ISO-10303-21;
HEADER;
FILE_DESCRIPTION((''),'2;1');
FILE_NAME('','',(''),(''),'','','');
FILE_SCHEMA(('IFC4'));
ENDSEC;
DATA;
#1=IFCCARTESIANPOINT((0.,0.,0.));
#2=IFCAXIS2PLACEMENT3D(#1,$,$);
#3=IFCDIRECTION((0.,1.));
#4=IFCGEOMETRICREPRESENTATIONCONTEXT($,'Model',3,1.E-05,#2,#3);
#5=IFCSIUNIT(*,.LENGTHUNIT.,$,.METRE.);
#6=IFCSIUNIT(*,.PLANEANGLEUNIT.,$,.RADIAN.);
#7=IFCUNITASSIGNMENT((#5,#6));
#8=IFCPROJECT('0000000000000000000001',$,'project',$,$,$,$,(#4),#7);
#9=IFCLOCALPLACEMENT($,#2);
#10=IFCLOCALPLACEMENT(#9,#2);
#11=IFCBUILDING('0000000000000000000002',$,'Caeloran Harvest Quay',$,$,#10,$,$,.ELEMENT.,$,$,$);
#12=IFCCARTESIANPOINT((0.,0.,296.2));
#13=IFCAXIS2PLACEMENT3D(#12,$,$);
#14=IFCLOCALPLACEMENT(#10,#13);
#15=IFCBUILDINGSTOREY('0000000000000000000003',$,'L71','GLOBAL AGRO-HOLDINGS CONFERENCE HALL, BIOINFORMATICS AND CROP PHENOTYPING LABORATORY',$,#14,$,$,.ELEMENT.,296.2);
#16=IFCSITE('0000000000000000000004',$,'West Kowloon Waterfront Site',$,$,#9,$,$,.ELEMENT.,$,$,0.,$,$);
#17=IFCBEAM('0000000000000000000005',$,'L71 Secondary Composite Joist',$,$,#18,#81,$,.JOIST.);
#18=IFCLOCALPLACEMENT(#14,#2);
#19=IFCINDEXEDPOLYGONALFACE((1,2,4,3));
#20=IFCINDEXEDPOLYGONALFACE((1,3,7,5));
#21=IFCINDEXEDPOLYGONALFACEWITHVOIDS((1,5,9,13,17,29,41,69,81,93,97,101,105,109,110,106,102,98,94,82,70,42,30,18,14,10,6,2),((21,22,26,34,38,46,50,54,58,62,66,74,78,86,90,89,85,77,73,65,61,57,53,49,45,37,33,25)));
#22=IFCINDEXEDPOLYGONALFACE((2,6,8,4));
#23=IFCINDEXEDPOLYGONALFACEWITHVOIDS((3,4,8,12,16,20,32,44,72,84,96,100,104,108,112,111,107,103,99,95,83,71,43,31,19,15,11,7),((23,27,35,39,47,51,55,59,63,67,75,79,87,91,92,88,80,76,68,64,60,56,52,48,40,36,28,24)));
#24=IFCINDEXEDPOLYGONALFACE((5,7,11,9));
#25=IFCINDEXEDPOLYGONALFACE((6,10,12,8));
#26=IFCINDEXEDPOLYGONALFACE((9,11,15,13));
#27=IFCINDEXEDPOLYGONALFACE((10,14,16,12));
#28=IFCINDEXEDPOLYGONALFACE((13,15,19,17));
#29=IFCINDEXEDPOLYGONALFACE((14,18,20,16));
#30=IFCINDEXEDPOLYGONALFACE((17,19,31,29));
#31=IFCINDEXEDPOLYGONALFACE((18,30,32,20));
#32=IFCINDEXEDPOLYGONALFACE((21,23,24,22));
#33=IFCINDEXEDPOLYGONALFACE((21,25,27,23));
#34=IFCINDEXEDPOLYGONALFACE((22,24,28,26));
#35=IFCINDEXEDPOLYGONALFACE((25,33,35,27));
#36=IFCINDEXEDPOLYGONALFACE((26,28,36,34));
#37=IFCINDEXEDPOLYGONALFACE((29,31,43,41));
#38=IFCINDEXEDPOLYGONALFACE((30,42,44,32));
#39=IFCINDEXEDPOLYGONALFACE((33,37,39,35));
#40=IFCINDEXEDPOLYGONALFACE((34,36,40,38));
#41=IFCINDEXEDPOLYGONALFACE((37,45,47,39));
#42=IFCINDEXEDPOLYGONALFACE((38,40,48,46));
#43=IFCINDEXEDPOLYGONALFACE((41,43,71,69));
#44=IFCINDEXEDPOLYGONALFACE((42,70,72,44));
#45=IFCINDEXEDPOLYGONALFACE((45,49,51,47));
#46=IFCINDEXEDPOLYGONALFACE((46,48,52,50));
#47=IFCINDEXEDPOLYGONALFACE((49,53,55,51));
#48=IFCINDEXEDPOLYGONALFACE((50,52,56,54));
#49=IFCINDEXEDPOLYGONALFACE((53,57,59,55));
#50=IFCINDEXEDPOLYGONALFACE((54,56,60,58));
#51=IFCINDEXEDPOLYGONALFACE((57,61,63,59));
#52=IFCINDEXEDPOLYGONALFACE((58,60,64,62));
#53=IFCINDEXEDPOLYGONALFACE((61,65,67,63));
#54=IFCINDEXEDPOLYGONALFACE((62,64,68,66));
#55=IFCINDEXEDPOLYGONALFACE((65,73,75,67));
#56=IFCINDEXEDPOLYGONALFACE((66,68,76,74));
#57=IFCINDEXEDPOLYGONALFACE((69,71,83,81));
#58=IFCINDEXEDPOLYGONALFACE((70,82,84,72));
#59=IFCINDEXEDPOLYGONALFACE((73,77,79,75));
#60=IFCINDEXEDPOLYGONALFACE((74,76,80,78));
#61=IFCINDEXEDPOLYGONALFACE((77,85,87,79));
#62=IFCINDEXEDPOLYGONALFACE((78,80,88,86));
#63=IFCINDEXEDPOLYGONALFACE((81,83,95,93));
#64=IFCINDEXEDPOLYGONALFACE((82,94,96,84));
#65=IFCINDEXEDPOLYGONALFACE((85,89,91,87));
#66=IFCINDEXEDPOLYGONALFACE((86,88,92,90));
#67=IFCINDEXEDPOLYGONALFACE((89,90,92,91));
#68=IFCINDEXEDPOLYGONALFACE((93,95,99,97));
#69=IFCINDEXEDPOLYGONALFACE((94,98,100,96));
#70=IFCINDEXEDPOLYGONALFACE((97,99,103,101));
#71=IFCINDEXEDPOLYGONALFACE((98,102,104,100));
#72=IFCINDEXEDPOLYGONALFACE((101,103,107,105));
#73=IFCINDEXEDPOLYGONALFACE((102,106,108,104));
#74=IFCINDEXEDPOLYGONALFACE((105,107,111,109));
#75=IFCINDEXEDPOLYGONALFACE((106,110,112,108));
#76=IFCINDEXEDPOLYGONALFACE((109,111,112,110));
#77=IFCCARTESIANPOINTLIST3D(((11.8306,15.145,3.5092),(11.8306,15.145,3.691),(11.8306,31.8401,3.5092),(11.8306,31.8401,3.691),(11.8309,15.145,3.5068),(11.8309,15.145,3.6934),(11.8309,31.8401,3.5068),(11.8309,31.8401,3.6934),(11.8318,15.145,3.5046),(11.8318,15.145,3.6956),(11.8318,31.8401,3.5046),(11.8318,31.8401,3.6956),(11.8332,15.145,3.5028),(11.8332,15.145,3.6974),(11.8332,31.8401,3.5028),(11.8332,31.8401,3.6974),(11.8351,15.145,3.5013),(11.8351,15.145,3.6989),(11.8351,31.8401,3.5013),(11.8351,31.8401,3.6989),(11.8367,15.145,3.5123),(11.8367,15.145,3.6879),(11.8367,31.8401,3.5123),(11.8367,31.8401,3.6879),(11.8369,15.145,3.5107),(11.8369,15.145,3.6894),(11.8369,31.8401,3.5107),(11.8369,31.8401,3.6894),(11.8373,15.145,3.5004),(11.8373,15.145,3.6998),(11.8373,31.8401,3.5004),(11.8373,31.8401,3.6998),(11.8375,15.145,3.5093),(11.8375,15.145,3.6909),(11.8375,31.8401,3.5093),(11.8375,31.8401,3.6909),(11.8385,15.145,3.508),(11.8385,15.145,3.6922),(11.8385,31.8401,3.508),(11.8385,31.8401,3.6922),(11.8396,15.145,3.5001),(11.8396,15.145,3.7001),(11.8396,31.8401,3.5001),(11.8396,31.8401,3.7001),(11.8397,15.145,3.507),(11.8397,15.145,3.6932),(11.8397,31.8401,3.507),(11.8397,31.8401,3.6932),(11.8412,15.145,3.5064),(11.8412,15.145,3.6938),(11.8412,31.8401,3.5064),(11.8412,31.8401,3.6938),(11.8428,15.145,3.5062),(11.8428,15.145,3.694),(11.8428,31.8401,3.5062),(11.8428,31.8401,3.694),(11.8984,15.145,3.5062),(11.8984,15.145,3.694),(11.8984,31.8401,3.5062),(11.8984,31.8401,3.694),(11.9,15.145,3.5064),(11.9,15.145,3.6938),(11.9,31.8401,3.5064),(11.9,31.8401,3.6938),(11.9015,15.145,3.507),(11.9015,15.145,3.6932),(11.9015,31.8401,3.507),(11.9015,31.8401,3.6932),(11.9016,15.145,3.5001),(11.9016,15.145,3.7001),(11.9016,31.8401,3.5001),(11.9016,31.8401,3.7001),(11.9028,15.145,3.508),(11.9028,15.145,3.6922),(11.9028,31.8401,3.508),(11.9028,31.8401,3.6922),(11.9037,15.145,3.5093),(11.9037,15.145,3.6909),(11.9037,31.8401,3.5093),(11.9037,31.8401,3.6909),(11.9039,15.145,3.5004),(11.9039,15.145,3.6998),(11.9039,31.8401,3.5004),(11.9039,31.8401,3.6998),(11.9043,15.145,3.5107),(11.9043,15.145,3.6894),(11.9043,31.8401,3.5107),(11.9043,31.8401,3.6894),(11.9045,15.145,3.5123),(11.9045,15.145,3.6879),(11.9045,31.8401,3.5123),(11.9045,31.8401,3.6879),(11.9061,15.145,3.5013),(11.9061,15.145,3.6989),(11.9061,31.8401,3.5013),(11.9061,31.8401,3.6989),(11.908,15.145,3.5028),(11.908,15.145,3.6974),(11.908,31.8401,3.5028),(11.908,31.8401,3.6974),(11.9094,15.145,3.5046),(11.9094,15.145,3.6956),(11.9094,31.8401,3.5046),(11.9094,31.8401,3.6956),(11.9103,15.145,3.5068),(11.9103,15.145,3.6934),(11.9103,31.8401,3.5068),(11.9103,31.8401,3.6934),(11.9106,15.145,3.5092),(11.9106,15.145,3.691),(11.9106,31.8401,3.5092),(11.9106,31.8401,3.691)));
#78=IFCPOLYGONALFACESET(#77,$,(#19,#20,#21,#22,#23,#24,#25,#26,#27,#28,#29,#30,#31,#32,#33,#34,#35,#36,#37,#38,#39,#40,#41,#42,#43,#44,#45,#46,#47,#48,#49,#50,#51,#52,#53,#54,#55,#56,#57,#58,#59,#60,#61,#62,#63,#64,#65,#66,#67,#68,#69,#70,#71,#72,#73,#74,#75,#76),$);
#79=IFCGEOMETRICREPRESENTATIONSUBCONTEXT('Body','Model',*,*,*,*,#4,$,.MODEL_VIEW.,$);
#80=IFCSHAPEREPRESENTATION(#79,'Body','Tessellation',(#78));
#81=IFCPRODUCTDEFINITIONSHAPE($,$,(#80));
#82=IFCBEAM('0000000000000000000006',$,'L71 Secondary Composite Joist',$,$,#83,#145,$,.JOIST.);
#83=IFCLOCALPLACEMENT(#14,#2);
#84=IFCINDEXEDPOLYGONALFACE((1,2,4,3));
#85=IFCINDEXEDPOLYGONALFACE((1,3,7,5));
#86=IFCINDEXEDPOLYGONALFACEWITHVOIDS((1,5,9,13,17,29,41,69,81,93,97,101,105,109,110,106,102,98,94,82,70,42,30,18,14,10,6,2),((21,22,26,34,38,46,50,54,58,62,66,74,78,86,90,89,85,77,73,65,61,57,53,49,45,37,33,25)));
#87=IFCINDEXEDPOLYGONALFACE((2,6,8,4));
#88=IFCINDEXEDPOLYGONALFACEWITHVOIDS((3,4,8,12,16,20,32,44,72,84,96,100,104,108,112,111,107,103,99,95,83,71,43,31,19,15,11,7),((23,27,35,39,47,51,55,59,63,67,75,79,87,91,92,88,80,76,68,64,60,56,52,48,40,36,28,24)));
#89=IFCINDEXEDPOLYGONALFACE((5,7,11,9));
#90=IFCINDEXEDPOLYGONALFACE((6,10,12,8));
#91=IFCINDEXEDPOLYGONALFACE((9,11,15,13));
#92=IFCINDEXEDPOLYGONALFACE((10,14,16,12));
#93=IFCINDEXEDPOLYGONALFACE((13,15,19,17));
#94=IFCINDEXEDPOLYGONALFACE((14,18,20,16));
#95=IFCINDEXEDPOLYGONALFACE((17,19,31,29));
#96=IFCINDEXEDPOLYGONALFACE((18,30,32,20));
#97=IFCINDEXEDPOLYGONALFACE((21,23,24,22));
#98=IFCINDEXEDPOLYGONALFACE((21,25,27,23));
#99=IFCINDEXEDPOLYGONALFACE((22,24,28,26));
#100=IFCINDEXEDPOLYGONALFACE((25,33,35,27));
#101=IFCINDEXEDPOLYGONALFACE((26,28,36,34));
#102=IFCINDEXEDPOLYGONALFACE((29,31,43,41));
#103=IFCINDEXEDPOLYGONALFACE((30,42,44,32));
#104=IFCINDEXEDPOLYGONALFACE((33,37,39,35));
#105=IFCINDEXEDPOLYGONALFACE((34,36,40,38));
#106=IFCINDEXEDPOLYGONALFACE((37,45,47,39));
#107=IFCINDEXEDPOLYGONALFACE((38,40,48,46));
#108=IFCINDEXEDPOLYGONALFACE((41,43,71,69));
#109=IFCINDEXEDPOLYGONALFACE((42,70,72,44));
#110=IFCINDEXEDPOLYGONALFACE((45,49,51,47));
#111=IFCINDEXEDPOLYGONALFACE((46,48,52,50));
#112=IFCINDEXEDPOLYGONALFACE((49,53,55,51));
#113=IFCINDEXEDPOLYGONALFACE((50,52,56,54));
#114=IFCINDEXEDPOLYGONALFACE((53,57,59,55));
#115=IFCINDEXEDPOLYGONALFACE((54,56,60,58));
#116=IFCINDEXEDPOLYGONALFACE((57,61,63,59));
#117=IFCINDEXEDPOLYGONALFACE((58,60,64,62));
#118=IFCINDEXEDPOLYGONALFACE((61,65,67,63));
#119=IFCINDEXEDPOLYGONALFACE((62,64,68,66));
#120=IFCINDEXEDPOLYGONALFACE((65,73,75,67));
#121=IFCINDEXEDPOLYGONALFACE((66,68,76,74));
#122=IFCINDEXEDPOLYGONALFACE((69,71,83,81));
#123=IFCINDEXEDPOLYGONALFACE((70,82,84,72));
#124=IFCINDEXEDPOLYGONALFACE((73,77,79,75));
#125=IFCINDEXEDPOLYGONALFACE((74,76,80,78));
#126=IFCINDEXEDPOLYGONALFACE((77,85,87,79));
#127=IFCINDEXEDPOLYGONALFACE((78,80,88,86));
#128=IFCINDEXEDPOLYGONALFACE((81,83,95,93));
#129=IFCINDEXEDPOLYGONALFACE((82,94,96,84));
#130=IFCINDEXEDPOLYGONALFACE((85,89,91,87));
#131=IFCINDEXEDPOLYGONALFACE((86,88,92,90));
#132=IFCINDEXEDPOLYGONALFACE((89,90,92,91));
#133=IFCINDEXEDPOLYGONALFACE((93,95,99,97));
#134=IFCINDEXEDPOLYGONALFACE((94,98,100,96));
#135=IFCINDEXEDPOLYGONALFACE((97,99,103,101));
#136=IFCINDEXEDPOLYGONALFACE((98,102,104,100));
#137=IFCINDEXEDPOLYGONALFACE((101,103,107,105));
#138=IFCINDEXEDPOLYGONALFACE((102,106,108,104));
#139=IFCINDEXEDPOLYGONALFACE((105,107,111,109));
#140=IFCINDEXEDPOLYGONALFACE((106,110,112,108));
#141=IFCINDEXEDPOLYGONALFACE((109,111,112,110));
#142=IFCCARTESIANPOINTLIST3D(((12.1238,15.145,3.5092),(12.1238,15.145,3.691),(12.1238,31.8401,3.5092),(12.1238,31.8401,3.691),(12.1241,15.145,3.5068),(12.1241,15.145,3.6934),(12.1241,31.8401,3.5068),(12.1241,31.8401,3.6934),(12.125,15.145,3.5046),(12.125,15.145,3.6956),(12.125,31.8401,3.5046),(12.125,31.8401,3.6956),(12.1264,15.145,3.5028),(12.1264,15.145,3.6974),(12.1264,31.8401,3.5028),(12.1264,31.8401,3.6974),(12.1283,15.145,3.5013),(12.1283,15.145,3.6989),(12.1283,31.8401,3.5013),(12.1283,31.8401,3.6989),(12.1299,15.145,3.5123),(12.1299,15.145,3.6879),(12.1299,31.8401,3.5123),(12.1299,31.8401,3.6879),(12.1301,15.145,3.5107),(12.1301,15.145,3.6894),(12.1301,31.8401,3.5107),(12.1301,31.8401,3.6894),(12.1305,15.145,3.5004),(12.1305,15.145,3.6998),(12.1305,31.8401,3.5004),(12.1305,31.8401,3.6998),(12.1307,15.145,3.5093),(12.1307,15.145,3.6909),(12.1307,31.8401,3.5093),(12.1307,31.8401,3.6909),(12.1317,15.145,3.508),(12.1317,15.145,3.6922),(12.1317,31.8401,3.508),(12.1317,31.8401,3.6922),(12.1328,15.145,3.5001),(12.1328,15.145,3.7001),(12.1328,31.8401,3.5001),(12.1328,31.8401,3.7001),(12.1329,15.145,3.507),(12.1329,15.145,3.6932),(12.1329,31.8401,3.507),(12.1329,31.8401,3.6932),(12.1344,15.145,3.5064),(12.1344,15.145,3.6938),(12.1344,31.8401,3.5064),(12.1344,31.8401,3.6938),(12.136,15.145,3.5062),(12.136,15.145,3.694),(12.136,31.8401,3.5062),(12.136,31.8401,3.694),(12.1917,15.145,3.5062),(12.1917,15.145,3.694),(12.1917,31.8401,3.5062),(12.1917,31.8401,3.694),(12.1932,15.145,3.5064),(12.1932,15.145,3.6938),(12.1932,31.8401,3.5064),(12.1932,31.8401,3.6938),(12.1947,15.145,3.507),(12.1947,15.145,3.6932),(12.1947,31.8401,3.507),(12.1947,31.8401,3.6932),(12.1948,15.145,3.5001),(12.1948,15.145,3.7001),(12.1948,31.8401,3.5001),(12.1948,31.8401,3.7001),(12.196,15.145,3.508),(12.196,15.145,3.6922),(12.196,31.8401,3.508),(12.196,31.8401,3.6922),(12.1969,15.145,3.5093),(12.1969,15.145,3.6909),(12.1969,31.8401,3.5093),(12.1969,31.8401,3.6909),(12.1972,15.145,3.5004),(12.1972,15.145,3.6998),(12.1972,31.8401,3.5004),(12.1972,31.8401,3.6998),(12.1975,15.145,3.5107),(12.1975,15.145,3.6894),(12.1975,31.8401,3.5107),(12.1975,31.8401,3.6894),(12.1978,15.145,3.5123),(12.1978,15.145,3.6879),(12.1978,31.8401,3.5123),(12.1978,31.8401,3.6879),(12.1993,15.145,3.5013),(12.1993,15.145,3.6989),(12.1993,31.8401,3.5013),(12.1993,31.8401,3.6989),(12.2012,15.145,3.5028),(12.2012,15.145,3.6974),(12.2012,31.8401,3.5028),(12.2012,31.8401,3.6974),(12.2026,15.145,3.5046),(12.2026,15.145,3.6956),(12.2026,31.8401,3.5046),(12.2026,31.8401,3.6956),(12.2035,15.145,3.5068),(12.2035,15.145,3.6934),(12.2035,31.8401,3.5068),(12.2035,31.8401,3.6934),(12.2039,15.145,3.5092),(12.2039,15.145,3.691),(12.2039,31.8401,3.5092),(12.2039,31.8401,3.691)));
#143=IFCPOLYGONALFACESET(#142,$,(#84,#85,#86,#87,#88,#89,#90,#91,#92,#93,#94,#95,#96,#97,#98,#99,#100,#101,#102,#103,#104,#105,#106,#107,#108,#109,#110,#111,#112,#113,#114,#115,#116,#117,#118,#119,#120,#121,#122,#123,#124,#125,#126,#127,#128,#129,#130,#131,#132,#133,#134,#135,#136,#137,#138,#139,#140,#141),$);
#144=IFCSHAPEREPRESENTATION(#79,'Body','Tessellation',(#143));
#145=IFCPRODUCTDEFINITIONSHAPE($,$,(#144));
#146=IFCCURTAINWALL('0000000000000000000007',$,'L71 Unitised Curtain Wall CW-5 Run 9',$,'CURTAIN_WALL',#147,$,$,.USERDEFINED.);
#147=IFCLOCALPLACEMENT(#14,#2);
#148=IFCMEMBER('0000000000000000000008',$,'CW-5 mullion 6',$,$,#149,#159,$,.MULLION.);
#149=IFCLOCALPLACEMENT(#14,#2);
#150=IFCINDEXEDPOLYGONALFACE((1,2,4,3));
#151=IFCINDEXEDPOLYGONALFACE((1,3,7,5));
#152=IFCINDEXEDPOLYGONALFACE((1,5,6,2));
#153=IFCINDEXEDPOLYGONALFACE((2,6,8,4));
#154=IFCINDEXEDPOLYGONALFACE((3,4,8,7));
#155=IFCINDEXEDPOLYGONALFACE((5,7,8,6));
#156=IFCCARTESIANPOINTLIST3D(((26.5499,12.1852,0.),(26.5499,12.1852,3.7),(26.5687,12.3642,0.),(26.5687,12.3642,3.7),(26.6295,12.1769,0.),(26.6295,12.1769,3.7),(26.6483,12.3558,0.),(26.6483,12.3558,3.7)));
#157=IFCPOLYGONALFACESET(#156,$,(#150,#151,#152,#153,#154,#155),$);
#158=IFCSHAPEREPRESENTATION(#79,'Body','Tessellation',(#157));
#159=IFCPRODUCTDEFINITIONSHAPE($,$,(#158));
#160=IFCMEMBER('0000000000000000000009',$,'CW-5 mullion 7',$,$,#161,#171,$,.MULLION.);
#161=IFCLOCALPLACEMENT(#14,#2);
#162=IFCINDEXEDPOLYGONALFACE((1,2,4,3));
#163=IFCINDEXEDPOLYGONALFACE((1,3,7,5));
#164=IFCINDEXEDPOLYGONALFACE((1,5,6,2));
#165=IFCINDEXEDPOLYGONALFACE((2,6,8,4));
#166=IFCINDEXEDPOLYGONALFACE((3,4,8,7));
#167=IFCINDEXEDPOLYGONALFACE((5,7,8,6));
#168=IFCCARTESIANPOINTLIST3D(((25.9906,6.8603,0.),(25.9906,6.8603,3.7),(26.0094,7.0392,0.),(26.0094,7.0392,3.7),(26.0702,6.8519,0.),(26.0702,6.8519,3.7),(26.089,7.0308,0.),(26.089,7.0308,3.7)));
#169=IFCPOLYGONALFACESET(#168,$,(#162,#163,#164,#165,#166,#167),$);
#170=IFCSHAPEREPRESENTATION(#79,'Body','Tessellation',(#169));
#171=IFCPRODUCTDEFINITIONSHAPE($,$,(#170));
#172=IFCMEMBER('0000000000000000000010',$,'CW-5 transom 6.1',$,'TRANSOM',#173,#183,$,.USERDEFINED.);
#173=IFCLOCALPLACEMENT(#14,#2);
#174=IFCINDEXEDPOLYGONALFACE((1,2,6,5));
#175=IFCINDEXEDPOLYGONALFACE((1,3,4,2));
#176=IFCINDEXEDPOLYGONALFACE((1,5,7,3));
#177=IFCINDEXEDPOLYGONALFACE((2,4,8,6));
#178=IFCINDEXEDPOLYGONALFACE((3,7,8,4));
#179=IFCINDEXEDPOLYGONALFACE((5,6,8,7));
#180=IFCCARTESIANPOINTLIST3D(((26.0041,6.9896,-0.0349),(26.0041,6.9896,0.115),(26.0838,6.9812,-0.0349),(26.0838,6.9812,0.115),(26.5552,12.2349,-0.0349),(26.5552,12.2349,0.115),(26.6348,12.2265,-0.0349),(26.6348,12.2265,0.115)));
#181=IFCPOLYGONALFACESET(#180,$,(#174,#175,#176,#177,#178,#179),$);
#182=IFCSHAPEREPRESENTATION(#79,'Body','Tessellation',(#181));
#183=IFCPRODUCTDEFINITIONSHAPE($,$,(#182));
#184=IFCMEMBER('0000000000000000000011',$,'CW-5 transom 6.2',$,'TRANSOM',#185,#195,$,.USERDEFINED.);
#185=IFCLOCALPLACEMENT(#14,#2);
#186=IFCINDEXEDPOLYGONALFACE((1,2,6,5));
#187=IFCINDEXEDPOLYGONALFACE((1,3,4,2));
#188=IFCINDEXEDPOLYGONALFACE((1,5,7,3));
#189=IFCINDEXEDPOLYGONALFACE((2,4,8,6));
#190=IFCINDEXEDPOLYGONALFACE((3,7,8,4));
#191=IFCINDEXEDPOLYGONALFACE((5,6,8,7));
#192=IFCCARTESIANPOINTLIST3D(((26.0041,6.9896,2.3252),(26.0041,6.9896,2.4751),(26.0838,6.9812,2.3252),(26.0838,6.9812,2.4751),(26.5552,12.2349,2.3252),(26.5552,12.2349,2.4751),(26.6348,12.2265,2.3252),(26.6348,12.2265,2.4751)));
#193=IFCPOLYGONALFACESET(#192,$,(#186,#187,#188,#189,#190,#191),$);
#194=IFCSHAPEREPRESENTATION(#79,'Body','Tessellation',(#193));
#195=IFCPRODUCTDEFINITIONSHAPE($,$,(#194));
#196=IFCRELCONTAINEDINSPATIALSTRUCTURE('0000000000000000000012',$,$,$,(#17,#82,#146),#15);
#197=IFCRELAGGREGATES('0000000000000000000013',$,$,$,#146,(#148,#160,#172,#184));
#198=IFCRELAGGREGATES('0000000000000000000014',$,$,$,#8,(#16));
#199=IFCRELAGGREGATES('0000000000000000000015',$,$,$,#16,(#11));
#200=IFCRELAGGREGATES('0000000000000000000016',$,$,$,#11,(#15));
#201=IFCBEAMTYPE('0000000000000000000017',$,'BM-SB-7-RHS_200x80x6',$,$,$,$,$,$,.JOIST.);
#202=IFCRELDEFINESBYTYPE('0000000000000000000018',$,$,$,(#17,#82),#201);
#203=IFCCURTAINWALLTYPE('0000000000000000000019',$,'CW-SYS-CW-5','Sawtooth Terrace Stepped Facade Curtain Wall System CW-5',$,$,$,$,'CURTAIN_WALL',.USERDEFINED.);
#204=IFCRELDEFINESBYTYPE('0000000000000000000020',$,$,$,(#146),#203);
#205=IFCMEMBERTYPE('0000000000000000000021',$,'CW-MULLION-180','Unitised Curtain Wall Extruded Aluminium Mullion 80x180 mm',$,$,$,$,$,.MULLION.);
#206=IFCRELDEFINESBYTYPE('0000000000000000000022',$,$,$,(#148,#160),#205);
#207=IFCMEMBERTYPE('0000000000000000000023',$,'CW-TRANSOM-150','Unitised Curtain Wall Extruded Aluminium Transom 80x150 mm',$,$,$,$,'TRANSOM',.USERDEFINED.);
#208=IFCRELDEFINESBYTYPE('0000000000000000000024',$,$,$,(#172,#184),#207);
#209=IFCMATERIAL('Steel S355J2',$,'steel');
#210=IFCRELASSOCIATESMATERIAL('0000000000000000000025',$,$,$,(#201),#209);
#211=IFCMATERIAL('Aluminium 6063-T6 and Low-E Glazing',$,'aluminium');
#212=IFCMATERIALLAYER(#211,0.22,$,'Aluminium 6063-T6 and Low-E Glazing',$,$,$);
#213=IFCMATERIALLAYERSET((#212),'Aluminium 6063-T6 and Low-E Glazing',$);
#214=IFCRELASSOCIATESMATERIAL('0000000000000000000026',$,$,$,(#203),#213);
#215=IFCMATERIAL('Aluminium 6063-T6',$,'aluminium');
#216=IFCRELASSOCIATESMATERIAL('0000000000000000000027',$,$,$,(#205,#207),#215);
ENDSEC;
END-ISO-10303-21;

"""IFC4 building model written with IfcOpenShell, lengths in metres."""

from ifc_helpers import new_model, si_unit, direction, frame, origin, origin_2d, place, context, subcontext, project, spatial, rectangle, hollow_rectangle, extrude, material, layer, layer_set, material_profile, profile_set, type_object, element, aggregate, save


model = new_model("IFC4")

# Units and contexts
model_context = context("Model", 3, precision=1e-05, world=origin(), true_north=direction((0.0, 1.0)))
body_context = subcontext(model_context, "Body", "Model", "MODEL_VIEW")
ifc_project = project(units=[si_unit("LENGTHUNIT", "METRE"), si_unit("PLANEANGLEUNIT", "RADIAN")], contexts=[model_context])

# Site, building, storey
site_placement = place(None, origin())
site = spatial("IfcSite", under=ifc_project, at=site_placement, Name="West Kowloon Waterfront Site", CompositionType="ELEMENT", RefElevation=0.0)
building_placement = place(site_placement, origin())
building = spatial("IfcBuilding", under=site, at=building_placement, Name="Caeloran Harvest Quay", CompositionType="ELEMENT")
storey_placement = place(building_placement, frame((0.0, 0.0, 296.2)))
storey = spatial("IfcBuildingStorey", under=building, at=storey_placement, Name="L71", Description="GLOBAL AGRO-HOLDINGS CONFERENCE HALL, BIOINFORMATICS AND CROP PHENOTYPING LABORATORY", CompositionType="ELEMENT", Elevation=296.2)

# Beams
ifc_material_1 = material(Name="Steel S355J2", Category="steel")
ifc_material_profile_1 = material_profile(ifc_material_1, hollow_rectangle(XDim=0.0801, YDim=0.2, WallThickness=0.0061, InnerFilletRadius=0.0061, OuterFilletRadius=0.009, at=origin_2d()), Name="RHS 200x80x6")
ifc_profile_set_1 = profile_set([ifc_material_profile_1], Name="Steel S355J2")
beam_type_1 = type_object("IfcBeamType", Name="BM-SB-7-RHS_200x80x6", PredefinedType="JOIST", material=ifc_profile_set_1)
for number, where, z_axis, x_axis, name in (
    (1, (11.8706, 15.145, 3.6001), (0.0, 1.0, 0.0), (-1.0, 0.0, 0.0), "L71 Secondary Composite Joist"),
    (2, (12.1638, 15.145, 3.6001), (0.0, 1.0, 0.0), (-1.0, 0.0, 0.0), "L71 Secondary Composite Joist"),
):
    element("IfcBeam", number, at=place(storey_placement, frame(where, z_axis=z_axis, x_axis=x_axis)), inside=storey, type_object=beam_type_1, Name=name, PredefinedType="JOIST", context=body_context, shape_type="SweptSolid", body=[
        extrude(hollow_rectangle(XDim=0.0801, YDim=0.2, WallThickness=0.0061, InnerFilletRadius=0.0061, OuterFilletRadius=0.009, at=origin_2d()), origin(), (0.0, 0.0, 1.0), 16.6951),
    ])

# Curtain wall, members
ifc_material_2 = material(Name="Aluminium 6063-T6 and Low-E Glazing", Category="aluminium")
ifc_layer_1 = layer(ifc_material_2, 0.22, Name="Aluminium 6063-T6 and Low-E Glazing")
ifc_layer_set_1 = layer_set([ifc_layer_1], Name="Aluminium 6063-T6 and Low-E Glazing")
curtain_wall_type = type_object("IfcCurtainWallType", Name="CW-SYS-CW-5", Description="Sawtooth Terrace Stepped Facade Curtain Wall System CW-5", ElementType="CURTAIN_WALL", PredefinedType="USERDEFINED", material=ifc_layer_set_1)
curtain_wall_placement = place(storey_placement, origin())
curtain_wall = element("IfcCurtainWall", 3, at=curtain_wall_placement, inside=storey, type_object=curtain_wall_type, Name="L71 Unitised Curtain Wall CW-5 Run 9", ObjectType="CURTAIN_WALL", PredefinedType="USERDEFINED")
ifc_material_3 = material(Name="Aluminium 6063-T6", Category="aluminium")
ifc_material_profile_2 = material_profile(ifc_material_3, rectangle(XDim=0.0801, YDim=0.1799, at=origin_2d()), Name="CW-MULLION-180")
ifc_profile_set_2 = profile_set([ifc_material_profile_2], Name="Aluminium 6063-T6")
member_type_1 = type_object("IfcMemberType", Name="CW-MULLION-180", Description="Unitised Curtain Wall Extruded Aluminium Mullion 80x180 mm", PredefinedType="MULLION", material=ifc_profile_set_2)
member_1_placement = place(storey_placement, frame((26.5991, 12.2705, 0.0), z_axis=(0.0, 0.0, 1.0), x_axis=(0.994529, -0.10446, 0.0)))
member_1 = element("IfcMember", 4, at=member_1_placement, type_object=member_type_1, Name="CW-5 mullion 6", PredefinedType="MULLION", context=body_context, shape_type="SweptSolid", body=[
    extrude(rectangle(XDim=0.0801, YDim=0.1799, at=origin_2d()), origin(), (0.0, 0.0, 1.0), 3.7),
])
member_2_placement = place(storey_placement, frame((26.0398, 6.9456, 0.0), z_axis=(0.0, 0.0, 1.0), x_axis=(0.994529, -0.10446, 0.0)))
member_2 = element("IfcMember", 5, at=member_2_placement, type_object=member_type_1, Name="CW-5 mullion 7", PredefinedType="MULLION", context=body_context, shape_type="SweptSolid", body=[
    extrude(rectangle(XDim=0.0801, YDim=0.1799, at=origin_2d()), origin(), (0.0, 0.0, 1.0), 3.7),
])
ifc_material_profile_3 = material_profile(ifc_material_3, rectangle(XDim=0.0801, YDim=0.1499, at=origin_2d()), Name="CW-TRANSOM-150")
ifc_profile_set_3 = profile_set([ifc_material_profile_3], Name="Aluminium 6063-T6")
member_type_2 = type_object("IfcMemberType", Name="CW-TRANSOM-150", Description="Unitised Curtain Wall Extruded Aluminium Transom 80x150 mm", ElementType="TRANSOM", PredefinedType="USERDEFINED", material=ifc_profile_set_3)
member_3_placement = place(storey_placement, frame((26.595, 12.2307, 0.04), z_axis=(-0.104475, -0.994527, 0.0), x_axis=(0.994527, -0.104475, 0.0)))
member_3 = element("IfcMember", 6, at=member_3_placement, type_object=member_type_2, Name="CW-5 transom 6.1", ObjectType="TRANSOM", PredefinedType="USERDEFINED", context=body_context, shape_type="SweptSolid", body=[
    extrude(rectangle(XDim=0.0801, YDim=0.1499, at=origin_2d()), origin(), (0.0, 0.0, 1.0), 5.2742),
])
member_4_placement = place(storey_placement, frame((26.595, 12.2307, 2.4001), z_axis=(-0.104475, -0.994527, 0.0), x_axis=(0.994527, -0.104475, 0.0)))
member_4 = element("IfcMember", 7, at=member_4_placement, type_object=member_type_2, Name="CW-5 transom 6.2", ObjectType="TRANSOM", PredefinedType="USERDEFINED", context=body_context, shape_type="SweptSolid", body=[
    extrude(rectangle(XDim=0.0801, YDim=0.1499, at=origin_2d()), origin(), (0.0, 0.0, 1.0), 5.2742),
])
aggregate(curtain_wall, [member_1, member_2, member_3, member_4])

save(model, "model.ifc")
